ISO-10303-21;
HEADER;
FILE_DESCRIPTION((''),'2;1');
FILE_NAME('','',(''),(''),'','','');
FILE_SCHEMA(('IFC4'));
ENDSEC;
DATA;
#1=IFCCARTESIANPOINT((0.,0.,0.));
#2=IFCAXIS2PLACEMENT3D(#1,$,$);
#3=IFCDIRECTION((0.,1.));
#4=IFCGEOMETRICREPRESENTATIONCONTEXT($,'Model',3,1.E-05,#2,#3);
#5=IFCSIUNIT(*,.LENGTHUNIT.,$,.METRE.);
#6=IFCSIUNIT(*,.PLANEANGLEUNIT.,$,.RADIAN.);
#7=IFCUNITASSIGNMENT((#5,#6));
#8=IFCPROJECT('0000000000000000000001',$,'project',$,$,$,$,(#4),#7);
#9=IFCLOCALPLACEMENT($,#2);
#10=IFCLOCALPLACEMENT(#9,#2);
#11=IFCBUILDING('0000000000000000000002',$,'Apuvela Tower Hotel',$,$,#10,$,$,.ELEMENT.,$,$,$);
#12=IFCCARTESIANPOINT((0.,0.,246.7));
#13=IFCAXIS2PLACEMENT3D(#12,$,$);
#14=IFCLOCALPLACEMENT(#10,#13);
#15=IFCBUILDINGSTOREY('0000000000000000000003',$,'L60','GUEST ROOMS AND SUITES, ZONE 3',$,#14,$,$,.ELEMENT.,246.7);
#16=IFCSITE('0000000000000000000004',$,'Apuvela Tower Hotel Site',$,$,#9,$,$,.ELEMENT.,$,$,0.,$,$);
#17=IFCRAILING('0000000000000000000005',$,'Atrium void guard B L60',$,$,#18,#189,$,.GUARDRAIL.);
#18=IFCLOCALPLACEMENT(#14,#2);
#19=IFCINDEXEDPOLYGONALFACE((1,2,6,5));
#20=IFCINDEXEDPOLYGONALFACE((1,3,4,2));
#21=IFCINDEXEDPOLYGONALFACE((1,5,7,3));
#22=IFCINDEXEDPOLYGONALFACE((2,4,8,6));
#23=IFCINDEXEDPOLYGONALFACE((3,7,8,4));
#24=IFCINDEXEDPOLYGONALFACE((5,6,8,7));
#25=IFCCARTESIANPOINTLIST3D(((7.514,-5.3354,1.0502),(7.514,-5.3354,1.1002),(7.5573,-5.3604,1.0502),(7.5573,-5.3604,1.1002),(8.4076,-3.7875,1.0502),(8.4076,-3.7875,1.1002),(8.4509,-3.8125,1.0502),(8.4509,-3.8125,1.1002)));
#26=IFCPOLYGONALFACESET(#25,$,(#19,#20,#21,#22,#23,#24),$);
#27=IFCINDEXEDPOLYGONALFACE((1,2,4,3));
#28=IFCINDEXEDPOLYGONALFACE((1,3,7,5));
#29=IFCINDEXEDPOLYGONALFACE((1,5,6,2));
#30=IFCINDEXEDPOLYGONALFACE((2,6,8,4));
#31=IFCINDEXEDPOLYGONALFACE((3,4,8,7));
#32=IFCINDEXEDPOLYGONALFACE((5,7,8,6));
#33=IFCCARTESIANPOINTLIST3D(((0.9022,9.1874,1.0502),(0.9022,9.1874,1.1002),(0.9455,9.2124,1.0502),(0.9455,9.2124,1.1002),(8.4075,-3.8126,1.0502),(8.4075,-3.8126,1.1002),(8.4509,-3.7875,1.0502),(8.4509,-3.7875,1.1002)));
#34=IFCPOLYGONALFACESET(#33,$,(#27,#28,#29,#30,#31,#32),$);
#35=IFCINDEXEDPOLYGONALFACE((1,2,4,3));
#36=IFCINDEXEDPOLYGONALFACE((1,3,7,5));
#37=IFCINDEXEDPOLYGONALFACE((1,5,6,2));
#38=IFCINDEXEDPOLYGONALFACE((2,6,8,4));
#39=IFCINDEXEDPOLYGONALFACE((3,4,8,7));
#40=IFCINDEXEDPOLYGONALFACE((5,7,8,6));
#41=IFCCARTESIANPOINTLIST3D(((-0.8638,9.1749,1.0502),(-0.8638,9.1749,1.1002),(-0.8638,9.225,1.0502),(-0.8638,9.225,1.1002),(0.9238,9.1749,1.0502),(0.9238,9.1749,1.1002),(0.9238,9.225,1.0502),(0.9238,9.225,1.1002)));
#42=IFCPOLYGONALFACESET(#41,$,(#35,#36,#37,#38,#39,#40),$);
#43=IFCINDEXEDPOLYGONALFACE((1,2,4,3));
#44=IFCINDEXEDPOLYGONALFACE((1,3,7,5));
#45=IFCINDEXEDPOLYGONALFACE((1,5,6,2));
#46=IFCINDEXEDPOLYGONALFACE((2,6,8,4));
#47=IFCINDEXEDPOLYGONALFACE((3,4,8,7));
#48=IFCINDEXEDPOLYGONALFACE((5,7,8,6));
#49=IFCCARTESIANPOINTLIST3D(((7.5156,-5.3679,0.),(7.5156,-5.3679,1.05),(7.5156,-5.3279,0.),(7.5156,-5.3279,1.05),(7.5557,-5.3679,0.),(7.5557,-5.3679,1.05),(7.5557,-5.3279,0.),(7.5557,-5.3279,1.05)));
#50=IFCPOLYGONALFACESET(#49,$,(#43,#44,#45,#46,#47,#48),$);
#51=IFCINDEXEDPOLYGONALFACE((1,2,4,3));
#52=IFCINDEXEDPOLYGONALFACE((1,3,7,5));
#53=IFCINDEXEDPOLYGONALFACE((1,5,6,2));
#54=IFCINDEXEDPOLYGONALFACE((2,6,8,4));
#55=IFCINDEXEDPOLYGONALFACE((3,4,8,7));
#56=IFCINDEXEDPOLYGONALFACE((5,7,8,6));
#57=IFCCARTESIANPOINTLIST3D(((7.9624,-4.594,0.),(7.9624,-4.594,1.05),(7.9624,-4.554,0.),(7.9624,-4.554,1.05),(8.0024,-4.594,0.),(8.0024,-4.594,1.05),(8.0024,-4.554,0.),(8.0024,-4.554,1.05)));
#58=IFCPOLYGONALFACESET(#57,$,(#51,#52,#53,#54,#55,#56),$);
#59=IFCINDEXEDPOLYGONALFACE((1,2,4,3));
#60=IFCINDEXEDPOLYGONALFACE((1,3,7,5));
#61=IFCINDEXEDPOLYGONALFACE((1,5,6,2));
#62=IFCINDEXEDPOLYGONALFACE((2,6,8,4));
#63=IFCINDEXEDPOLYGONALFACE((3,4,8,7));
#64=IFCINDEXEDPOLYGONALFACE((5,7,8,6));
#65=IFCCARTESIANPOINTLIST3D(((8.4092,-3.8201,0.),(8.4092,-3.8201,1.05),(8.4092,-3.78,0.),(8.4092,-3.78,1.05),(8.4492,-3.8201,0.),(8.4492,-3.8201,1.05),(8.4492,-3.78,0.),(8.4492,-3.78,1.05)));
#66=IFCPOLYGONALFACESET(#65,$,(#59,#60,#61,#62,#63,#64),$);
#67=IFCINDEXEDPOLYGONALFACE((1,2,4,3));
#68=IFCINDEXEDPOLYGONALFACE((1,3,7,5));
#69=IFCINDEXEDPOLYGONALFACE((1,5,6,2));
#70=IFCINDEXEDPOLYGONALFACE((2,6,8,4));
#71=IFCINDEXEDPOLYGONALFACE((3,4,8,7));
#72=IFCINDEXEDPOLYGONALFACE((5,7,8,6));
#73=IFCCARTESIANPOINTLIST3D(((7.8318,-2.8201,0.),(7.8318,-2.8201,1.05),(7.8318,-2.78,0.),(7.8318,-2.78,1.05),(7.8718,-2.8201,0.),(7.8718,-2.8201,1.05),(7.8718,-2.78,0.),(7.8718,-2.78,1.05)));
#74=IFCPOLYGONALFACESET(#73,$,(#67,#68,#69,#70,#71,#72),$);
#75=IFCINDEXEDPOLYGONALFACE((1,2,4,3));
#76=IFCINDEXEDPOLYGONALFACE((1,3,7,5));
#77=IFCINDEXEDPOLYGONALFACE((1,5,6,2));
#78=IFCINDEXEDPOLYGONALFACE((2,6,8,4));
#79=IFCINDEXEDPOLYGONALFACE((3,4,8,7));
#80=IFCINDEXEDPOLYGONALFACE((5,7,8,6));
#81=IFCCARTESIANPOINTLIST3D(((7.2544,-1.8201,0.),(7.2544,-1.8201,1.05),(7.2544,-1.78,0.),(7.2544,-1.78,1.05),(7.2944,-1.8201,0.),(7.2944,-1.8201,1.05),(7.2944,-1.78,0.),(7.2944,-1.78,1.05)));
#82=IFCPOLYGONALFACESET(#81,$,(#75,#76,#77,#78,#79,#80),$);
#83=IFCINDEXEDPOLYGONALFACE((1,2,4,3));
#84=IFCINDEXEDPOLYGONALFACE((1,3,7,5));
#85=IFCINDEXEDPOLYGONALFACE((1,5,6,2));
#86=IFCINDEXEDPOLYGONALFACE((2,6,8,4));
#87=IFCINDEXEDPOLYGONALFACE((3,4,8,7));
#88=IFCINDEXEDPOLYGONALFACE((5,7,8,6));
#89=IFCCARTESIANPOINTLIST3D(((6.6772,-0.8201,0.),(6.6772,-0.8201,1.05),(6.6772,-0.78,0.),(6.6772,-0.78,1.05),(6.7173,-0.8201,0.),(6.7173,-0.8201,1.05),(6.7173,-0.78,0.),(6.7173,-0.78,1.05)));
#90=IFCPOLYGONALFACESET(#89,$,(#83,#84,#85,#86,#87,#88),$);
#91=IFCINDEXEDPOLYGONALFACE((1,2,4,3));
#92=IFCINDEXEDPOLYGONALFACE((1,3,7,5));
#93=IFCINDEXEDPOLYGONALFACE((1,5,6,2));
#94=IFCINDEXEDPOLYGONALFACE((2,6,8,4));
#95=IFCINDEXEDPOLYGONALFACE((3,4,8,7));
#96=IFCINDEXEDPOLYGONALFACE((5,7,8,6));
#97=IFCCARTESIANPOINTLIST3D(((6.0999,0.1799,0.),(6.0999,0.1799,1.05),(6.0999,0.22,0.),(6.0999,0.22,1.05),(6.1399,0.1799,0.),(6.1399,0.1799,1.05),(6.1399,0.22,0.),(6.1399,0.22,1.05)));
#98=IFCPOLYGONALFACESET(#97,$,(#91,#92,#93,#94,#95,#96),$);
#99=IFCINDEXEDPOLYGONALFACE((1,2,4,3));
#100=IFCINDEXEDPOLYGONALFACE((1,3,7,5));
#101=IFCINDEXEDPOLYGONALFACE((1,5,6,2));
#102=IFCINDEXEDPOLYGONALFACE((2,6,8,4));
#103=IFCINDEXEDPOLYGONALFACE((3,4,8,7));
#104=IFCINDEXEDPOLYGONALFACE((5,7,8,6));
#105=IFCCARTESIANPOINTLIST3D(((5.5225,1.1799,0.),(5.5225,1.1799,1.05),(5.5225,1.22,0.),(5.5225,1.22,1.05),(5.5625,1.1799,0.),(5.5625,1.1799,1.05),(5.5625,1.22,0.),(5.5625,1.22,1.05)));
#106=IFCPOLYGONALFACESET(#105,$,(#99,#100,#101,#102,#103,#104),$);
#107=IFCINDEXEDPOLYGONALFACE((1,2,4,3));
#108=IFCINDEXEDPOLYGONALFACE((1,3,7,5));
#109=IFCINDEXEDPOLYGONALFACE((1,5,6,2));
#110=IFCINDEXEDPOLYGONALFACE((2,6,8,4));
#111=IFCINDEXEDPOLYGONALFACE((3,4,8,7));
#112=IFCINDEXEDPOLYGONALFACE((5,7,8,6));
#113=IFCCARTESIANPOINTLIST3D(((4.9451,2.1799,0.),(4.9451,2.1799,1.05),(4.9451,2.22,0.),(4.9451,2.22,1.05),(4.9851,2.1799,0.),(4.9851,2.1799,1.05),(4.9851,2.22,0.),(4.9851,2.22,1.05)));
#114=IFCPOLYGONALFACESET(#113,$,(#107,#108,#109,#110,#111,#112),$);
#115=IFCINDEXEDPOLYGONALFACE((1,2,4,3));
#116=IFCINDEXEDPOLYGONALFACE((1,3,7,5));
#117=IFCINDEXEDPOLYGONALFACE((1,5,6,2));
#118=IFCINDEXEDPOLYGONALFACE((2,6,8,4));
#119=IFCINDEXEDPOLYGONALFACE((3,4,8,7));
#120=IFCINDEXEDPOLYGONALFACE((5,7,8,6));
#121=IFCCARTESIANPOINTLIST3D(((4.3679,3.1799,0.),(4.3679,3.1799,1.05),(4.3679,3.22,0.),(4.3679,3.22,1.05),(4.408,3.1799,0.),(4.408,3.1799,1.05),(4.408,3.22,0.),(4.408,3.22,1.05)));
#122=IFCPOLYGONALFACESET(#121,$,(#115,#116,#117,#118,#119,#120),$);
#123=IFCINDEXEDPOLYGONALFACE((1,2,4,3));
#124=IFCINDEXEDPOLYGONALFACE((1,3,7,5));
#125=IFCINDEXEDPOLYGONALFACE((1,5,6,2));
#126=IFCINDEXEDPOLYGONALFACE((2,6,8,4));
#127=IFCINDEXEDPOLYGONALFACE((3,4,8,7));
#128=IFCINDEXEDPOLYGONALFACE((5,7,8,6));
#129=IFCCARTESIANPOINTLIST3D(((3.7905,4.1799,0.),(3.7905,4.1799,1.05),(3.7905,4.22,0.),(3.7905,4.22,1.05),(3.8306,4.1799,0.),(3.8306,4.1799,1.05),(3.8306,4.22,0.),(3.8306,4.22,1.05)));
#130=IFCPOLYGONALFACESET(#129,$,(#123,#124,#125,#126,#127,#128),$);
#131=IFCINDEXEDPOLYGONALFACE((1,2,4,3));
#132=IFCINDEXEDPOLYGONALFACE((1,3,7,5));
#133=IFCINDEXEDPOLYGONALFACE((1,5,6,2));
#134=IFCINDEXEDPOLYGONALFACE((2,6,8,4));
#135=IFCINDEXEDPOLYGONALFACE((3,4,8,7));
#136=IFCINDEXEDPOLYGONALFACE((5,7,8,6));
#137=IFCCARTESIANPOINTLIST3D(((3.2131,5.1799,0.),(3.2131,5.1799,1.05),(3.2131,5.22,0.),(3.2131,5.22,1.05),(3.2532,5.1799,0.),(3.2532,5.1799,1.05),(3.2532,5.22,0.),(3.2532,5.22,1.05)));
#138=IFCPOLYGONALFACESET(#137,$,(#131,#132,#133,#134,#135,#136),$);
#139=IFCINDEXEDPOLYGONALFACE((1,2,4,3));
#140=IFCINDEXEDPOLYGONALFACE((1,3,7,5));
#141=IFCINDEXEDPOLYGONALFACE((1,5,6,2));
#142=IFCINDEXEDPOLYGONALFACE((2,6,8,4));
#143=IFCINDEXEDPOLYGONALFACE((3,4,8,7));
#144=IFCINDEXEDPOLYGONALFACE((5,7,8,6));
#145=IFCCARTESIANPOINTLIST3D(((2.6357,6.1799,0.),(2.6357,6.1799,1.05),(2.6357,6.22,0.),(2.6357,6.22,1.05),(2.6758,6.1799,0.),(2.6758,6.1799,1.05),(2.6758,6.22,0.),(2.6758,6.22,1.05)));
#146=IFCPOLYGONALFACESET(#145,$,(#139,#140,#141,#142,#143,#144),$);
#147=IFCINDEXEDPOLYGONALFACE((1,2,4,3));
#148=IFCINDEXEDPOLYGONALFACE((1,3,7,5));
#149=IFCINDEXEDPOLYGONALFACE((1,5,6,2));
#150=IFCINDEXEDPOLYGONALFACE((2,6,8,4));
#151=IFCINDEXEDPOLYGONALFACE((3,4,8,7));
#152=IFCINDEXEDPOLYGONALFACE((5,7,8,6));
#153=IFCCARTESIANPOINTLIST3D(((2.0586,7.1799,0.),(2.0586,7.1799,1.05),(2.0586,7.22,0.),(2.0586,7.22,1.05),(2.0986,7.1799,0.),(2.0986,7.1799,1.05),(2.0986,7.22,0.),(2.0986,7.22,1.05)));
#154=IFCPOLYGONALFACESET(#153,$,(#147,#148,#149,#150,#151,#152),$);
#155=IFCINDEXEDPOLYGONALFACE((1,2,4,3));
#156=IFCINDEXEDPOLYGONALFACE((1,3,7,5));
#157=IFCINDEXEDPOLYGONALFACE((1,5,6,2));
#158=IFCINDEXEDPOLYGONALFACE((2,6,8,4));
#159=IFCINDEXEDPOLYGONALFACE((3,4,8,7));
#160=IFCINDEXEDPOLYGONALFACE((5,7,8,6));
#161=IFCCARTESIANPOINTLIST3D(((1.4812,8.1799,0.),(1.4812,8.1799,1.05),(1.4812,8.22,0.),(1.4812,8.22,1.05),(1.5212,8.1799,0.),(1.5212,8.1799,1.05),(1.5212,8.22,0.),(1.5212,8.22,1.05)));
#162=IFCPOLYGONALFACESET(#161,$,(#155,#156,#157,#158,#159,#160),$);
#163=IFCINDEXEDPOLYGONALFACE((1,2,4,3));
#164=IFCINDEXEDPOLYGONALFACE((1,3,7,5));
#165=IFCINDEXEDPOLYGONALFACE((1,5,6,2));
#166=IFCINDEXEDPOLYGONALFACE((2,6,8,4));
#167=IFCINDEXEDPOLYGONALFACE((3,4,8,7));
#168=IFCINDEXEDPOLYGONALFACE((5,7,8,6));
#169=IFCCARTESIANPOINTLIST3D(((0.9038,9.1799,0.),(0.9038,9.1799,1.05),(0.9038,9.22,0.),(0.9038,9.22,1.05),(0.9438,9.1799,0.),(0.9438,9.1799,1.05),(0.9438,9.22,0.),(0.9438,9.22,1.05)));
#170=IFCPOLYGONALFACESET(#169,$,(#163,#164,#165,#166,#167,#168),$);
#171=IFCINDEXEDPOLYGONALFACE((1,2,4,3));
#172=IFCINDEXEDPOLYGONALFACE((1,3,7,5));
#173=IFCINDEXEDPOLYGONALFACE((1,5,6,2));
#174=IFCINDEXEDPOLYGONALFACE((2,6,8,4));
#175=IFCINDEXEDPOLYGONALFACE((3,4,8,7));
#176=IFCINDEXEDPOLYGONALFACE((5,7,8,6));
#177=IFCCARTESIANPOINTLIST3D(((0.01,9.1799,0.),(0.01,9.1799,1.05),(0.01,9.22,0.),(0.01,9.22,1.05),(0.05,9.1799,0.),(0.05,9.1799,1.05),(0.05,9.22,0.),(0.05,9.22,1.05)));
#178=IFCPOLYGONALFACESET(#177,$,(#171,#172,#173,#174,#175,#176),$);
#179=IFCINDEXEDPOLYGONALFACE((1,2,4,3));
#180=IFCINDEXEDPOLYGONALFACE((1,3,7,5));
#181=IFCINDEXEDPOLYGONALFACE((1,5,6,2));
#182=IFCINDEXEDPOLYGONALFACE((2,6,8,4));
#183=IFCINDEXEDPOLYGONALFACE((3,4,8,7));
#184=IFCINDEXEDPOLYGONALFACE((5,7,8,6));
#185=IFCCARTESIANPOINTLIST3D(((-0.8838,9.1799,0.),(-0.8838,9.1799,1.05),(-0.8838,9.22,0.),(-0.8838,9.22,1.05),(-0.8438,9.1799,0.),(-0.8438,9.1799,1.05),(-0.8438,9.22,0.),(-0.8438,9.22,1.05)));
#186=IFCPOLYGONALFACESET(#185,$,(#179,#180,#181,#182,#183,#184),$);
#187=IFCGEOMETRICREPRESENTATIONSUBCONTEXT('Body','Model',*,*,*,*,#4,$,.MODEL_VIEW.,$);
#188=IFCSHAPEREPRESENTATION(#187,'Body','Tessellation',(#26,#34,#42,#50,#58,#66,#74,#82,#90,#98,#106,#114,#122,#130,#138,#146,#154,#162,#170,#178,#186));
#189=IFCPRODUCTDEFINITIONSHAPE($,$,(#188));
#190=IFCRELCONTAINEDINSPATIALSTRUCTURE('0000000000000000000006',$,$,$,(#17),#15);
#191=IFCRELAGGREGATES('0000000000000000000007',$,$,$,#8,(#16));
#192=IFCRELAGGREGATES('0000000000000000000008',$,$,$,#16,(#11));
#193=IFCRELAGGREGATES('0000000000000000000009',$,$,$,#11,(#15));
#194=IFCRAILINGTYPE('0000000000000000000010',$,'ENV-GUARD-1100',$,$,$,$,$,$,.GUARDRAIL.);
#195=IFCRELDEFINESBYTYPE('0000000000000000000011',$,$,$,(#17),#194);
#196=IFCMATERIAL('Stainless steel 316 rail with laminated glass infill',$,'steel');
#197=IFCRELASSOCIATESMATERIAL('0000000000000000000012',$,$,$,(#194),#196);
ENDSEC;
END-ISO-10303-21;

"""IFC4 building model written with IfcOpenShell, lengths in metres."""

from ifc_helpers import new_model, si_unit, direction, frame, origin, origin_2d, place, context, subcontext, project, spatial, rectangle, extrude, material, type_object, element, save


model = new_model("IFC4")

# Units and contexts
model_context = context("Model", 3, precision=1e-05, world=origin(), true_north=direction((0.0, 1.0)))
body_context = subcontext(model_context, "Body", "Model", "MODEL_VIEW")
ifc_project = project(units=[si_unit("LENGTHUNIT", "METRE"), si_unit("PLANEANGLEUNIT", "RADIAN")], contexts=[model_context])

# Site, building, storey
site_placement = place(None, origin())
site = spatial("IfcSite", under=ifc_project, at=site_placement, Name="Apuvela Tower Hotel Site", CompositionType="ELEMENT", RefElevation=0.0)
building_placement = place(site_placement, origin())
building = spatial("IfcBuilding", under=site, at=building_placement, Name="Apuvela Tower Hotel", CompositionType="ELEMENT")
storey_placement = place(building_placement, frame((0.0, 0.0, 246.7)))
storey = spatial("IfcBuildingStorey", under=building, at=storey_placement, Name="L60", Description="GUEST ROOMS AND SUITES, ZONE 3", CompositionType="ELEMENT", Elevation=246.7)

# Railing
ifc_material_1 = material(Name="Stainless steel 316 rail with laminated glass infill", Category="steel")
railing_type_1 = type_object("IfcRailingType", Name="ENV-GUARD-1100", PredefinedType="GUARDRAIL", material=ifc_material_1)
railing_1_placement = place(storey_placement, frame((7.5356, -5.3479, 0.0)))
element("IfcRailing", 1, at=railing_1_placement, inside=storey, type_object=railing_type_1, Name="Atrium void guard B L60", PredefinedType="GUARDRAIL", context=body_context, shape_type="SweptSolid", body=[
    extrude(rectangle(XDim=0.05, YDim=0.05, at=origin_2d()), frame((0.0, 0.0, 1.0752), z_axis=(0.499959, 0.866049, 0.0), x_axis=(-0.866049, 0.499959, 0.0)), (0.0, 0.0, 1.0), 1.7874),
    extrude(rectangle(XDim=0.05, YDim=0.05, at=origin_2d()), frame((0.8936, 1.5479, 1.0752), z_axis=(-0.499991, 0.866031, 0.0), x_axis=(-0.866031, -0.499991, 0.0)), (0.0, 0.0, 1.0), 15.011),
    extrude(rectangle(XDim=0.05, YDim=0.05, at=origin_2d()), frame((-6.6118, 14.5479, 1.0752), z_axis=(-1.0, 0.0, 0.0), x_axis=(0.0, -1.0, 0.0)), (0.0, 0.0, 1.0), 1.7876),
    extrude(rectangle(XDim=0.04, YDim=0.04, at=origin_2d()), origin(), (0.0, 0.0, 1.0), 1.05),
    extrude(rectangle(XDim=0.04, YDim=0.04, at=origin_2d()), frame((0.4468, 0.7739, 0.0)), (0.0, 0.0, 1.0), 1.05),
    extrude(rectangle(XDim=0.04, YDim=0.04, at=origin_2d()), frame((0.8936, 1.5479, 0.0)), (0.0, 0.0, 1.0), 1.05),
    extrude(rectangle(XDim=0.04, YDim=0.04, at=origin_2d()), frame((0.3162, 2.5479, 0.0)), (0.0, 0.0, 1.0), 1.05),
    extrude(rectangle(XDim=0.04, YDim=0.04, at=origin_2d()), frame((-0.2612, 3.5479, 0.0)), (0.0, 0.0, 1.0), 1.05),
    extrude(rectangle(XDim=0.04, YDim=0.04, at=origin_2d()), frame((-0.8384, 4.5479, 0.0)), (0.0, 0.0, 1.0), 1.05),
    extrude(rectangle(XDim=0.04, YDim=0.04, at=origin_2d()), frame((-1.4158, 5.5479, 0.0)), (0.0, 0.0, 1.0), 1.05),
    extrude(rectangle(XDim=0.04, YDim=0.04, at=origin_2d()), frame((-1.9932, 6.5479, 0.0)), (0.0, 0.0, 1.0), 1.05),
    extrude(rectangle(XDim=0.04, YDim=0.04, at=origin_2d()), frame((-2.5706, 7.5479, 0.0)), (0.0, 0.0, 1.0), 1.05),
    extrude(rectangle(XDim=0.04, YDim=0.04, at=origin_2d()), frame((-3.1477, 8.5479, 0.0)), (0.0, 0.0, 1.0), 1.05),
    extrude(rectangle(XDim=0.04, YDim=0.04, at=origin_2d()), frame((-3.7251, 9.5479, 0.0)), (0.0, 0.0, 1.0), 1.05),
    extrude(rectangle(XDim=0.04, YDim=0.04, at=origin_2d()), frame((-4.3025, 10.5479, 0.0)), (0.0, 0.0, 1.0), 1.05),
    extrude(rectangle(XDim=0.04, YDim=0.04, at=origin_2d()), frame((-4.8799, 11.5479, 0.0)), (0.0, 0.0, 1.0), 1.05),
    extrude(rectangle(XDim=0.04, YDim=0.04, at=origin_2d()), frame((-5.457, 12.5479, 0.0)), (0.0, 0.0, 1.0), 1.05),
    extrude(rectangle(XDim=0.04, YDim=0.04, at=origin_2d()), frame((-6.0344, 13.5479, 0.0)), (0.0, 0.0, 1.0), 1.05),
    extrude(rectangle(XDim=0.04, YDim=0.04, at=origin_2d()), frame((-6.6118, 14.5479, 0.0)), (0.0, 0.0, 1.0), 1.05),
    extrude(rectangle(XDim=0.04, YDim=0.04, at=origin_2d()), frame((-7.5056, 14.5479, 0.0)), (0.0, 0.0, 1.0), 1.05),
    extrude(rectangle(XDim=0.04, YDim=0.04, at=origin_2d()), frame((-8.3994, 14.5479, 0.0)), (0.0, 0.0, 1.0), 1.05),
])

save(model, "model.ifc")
